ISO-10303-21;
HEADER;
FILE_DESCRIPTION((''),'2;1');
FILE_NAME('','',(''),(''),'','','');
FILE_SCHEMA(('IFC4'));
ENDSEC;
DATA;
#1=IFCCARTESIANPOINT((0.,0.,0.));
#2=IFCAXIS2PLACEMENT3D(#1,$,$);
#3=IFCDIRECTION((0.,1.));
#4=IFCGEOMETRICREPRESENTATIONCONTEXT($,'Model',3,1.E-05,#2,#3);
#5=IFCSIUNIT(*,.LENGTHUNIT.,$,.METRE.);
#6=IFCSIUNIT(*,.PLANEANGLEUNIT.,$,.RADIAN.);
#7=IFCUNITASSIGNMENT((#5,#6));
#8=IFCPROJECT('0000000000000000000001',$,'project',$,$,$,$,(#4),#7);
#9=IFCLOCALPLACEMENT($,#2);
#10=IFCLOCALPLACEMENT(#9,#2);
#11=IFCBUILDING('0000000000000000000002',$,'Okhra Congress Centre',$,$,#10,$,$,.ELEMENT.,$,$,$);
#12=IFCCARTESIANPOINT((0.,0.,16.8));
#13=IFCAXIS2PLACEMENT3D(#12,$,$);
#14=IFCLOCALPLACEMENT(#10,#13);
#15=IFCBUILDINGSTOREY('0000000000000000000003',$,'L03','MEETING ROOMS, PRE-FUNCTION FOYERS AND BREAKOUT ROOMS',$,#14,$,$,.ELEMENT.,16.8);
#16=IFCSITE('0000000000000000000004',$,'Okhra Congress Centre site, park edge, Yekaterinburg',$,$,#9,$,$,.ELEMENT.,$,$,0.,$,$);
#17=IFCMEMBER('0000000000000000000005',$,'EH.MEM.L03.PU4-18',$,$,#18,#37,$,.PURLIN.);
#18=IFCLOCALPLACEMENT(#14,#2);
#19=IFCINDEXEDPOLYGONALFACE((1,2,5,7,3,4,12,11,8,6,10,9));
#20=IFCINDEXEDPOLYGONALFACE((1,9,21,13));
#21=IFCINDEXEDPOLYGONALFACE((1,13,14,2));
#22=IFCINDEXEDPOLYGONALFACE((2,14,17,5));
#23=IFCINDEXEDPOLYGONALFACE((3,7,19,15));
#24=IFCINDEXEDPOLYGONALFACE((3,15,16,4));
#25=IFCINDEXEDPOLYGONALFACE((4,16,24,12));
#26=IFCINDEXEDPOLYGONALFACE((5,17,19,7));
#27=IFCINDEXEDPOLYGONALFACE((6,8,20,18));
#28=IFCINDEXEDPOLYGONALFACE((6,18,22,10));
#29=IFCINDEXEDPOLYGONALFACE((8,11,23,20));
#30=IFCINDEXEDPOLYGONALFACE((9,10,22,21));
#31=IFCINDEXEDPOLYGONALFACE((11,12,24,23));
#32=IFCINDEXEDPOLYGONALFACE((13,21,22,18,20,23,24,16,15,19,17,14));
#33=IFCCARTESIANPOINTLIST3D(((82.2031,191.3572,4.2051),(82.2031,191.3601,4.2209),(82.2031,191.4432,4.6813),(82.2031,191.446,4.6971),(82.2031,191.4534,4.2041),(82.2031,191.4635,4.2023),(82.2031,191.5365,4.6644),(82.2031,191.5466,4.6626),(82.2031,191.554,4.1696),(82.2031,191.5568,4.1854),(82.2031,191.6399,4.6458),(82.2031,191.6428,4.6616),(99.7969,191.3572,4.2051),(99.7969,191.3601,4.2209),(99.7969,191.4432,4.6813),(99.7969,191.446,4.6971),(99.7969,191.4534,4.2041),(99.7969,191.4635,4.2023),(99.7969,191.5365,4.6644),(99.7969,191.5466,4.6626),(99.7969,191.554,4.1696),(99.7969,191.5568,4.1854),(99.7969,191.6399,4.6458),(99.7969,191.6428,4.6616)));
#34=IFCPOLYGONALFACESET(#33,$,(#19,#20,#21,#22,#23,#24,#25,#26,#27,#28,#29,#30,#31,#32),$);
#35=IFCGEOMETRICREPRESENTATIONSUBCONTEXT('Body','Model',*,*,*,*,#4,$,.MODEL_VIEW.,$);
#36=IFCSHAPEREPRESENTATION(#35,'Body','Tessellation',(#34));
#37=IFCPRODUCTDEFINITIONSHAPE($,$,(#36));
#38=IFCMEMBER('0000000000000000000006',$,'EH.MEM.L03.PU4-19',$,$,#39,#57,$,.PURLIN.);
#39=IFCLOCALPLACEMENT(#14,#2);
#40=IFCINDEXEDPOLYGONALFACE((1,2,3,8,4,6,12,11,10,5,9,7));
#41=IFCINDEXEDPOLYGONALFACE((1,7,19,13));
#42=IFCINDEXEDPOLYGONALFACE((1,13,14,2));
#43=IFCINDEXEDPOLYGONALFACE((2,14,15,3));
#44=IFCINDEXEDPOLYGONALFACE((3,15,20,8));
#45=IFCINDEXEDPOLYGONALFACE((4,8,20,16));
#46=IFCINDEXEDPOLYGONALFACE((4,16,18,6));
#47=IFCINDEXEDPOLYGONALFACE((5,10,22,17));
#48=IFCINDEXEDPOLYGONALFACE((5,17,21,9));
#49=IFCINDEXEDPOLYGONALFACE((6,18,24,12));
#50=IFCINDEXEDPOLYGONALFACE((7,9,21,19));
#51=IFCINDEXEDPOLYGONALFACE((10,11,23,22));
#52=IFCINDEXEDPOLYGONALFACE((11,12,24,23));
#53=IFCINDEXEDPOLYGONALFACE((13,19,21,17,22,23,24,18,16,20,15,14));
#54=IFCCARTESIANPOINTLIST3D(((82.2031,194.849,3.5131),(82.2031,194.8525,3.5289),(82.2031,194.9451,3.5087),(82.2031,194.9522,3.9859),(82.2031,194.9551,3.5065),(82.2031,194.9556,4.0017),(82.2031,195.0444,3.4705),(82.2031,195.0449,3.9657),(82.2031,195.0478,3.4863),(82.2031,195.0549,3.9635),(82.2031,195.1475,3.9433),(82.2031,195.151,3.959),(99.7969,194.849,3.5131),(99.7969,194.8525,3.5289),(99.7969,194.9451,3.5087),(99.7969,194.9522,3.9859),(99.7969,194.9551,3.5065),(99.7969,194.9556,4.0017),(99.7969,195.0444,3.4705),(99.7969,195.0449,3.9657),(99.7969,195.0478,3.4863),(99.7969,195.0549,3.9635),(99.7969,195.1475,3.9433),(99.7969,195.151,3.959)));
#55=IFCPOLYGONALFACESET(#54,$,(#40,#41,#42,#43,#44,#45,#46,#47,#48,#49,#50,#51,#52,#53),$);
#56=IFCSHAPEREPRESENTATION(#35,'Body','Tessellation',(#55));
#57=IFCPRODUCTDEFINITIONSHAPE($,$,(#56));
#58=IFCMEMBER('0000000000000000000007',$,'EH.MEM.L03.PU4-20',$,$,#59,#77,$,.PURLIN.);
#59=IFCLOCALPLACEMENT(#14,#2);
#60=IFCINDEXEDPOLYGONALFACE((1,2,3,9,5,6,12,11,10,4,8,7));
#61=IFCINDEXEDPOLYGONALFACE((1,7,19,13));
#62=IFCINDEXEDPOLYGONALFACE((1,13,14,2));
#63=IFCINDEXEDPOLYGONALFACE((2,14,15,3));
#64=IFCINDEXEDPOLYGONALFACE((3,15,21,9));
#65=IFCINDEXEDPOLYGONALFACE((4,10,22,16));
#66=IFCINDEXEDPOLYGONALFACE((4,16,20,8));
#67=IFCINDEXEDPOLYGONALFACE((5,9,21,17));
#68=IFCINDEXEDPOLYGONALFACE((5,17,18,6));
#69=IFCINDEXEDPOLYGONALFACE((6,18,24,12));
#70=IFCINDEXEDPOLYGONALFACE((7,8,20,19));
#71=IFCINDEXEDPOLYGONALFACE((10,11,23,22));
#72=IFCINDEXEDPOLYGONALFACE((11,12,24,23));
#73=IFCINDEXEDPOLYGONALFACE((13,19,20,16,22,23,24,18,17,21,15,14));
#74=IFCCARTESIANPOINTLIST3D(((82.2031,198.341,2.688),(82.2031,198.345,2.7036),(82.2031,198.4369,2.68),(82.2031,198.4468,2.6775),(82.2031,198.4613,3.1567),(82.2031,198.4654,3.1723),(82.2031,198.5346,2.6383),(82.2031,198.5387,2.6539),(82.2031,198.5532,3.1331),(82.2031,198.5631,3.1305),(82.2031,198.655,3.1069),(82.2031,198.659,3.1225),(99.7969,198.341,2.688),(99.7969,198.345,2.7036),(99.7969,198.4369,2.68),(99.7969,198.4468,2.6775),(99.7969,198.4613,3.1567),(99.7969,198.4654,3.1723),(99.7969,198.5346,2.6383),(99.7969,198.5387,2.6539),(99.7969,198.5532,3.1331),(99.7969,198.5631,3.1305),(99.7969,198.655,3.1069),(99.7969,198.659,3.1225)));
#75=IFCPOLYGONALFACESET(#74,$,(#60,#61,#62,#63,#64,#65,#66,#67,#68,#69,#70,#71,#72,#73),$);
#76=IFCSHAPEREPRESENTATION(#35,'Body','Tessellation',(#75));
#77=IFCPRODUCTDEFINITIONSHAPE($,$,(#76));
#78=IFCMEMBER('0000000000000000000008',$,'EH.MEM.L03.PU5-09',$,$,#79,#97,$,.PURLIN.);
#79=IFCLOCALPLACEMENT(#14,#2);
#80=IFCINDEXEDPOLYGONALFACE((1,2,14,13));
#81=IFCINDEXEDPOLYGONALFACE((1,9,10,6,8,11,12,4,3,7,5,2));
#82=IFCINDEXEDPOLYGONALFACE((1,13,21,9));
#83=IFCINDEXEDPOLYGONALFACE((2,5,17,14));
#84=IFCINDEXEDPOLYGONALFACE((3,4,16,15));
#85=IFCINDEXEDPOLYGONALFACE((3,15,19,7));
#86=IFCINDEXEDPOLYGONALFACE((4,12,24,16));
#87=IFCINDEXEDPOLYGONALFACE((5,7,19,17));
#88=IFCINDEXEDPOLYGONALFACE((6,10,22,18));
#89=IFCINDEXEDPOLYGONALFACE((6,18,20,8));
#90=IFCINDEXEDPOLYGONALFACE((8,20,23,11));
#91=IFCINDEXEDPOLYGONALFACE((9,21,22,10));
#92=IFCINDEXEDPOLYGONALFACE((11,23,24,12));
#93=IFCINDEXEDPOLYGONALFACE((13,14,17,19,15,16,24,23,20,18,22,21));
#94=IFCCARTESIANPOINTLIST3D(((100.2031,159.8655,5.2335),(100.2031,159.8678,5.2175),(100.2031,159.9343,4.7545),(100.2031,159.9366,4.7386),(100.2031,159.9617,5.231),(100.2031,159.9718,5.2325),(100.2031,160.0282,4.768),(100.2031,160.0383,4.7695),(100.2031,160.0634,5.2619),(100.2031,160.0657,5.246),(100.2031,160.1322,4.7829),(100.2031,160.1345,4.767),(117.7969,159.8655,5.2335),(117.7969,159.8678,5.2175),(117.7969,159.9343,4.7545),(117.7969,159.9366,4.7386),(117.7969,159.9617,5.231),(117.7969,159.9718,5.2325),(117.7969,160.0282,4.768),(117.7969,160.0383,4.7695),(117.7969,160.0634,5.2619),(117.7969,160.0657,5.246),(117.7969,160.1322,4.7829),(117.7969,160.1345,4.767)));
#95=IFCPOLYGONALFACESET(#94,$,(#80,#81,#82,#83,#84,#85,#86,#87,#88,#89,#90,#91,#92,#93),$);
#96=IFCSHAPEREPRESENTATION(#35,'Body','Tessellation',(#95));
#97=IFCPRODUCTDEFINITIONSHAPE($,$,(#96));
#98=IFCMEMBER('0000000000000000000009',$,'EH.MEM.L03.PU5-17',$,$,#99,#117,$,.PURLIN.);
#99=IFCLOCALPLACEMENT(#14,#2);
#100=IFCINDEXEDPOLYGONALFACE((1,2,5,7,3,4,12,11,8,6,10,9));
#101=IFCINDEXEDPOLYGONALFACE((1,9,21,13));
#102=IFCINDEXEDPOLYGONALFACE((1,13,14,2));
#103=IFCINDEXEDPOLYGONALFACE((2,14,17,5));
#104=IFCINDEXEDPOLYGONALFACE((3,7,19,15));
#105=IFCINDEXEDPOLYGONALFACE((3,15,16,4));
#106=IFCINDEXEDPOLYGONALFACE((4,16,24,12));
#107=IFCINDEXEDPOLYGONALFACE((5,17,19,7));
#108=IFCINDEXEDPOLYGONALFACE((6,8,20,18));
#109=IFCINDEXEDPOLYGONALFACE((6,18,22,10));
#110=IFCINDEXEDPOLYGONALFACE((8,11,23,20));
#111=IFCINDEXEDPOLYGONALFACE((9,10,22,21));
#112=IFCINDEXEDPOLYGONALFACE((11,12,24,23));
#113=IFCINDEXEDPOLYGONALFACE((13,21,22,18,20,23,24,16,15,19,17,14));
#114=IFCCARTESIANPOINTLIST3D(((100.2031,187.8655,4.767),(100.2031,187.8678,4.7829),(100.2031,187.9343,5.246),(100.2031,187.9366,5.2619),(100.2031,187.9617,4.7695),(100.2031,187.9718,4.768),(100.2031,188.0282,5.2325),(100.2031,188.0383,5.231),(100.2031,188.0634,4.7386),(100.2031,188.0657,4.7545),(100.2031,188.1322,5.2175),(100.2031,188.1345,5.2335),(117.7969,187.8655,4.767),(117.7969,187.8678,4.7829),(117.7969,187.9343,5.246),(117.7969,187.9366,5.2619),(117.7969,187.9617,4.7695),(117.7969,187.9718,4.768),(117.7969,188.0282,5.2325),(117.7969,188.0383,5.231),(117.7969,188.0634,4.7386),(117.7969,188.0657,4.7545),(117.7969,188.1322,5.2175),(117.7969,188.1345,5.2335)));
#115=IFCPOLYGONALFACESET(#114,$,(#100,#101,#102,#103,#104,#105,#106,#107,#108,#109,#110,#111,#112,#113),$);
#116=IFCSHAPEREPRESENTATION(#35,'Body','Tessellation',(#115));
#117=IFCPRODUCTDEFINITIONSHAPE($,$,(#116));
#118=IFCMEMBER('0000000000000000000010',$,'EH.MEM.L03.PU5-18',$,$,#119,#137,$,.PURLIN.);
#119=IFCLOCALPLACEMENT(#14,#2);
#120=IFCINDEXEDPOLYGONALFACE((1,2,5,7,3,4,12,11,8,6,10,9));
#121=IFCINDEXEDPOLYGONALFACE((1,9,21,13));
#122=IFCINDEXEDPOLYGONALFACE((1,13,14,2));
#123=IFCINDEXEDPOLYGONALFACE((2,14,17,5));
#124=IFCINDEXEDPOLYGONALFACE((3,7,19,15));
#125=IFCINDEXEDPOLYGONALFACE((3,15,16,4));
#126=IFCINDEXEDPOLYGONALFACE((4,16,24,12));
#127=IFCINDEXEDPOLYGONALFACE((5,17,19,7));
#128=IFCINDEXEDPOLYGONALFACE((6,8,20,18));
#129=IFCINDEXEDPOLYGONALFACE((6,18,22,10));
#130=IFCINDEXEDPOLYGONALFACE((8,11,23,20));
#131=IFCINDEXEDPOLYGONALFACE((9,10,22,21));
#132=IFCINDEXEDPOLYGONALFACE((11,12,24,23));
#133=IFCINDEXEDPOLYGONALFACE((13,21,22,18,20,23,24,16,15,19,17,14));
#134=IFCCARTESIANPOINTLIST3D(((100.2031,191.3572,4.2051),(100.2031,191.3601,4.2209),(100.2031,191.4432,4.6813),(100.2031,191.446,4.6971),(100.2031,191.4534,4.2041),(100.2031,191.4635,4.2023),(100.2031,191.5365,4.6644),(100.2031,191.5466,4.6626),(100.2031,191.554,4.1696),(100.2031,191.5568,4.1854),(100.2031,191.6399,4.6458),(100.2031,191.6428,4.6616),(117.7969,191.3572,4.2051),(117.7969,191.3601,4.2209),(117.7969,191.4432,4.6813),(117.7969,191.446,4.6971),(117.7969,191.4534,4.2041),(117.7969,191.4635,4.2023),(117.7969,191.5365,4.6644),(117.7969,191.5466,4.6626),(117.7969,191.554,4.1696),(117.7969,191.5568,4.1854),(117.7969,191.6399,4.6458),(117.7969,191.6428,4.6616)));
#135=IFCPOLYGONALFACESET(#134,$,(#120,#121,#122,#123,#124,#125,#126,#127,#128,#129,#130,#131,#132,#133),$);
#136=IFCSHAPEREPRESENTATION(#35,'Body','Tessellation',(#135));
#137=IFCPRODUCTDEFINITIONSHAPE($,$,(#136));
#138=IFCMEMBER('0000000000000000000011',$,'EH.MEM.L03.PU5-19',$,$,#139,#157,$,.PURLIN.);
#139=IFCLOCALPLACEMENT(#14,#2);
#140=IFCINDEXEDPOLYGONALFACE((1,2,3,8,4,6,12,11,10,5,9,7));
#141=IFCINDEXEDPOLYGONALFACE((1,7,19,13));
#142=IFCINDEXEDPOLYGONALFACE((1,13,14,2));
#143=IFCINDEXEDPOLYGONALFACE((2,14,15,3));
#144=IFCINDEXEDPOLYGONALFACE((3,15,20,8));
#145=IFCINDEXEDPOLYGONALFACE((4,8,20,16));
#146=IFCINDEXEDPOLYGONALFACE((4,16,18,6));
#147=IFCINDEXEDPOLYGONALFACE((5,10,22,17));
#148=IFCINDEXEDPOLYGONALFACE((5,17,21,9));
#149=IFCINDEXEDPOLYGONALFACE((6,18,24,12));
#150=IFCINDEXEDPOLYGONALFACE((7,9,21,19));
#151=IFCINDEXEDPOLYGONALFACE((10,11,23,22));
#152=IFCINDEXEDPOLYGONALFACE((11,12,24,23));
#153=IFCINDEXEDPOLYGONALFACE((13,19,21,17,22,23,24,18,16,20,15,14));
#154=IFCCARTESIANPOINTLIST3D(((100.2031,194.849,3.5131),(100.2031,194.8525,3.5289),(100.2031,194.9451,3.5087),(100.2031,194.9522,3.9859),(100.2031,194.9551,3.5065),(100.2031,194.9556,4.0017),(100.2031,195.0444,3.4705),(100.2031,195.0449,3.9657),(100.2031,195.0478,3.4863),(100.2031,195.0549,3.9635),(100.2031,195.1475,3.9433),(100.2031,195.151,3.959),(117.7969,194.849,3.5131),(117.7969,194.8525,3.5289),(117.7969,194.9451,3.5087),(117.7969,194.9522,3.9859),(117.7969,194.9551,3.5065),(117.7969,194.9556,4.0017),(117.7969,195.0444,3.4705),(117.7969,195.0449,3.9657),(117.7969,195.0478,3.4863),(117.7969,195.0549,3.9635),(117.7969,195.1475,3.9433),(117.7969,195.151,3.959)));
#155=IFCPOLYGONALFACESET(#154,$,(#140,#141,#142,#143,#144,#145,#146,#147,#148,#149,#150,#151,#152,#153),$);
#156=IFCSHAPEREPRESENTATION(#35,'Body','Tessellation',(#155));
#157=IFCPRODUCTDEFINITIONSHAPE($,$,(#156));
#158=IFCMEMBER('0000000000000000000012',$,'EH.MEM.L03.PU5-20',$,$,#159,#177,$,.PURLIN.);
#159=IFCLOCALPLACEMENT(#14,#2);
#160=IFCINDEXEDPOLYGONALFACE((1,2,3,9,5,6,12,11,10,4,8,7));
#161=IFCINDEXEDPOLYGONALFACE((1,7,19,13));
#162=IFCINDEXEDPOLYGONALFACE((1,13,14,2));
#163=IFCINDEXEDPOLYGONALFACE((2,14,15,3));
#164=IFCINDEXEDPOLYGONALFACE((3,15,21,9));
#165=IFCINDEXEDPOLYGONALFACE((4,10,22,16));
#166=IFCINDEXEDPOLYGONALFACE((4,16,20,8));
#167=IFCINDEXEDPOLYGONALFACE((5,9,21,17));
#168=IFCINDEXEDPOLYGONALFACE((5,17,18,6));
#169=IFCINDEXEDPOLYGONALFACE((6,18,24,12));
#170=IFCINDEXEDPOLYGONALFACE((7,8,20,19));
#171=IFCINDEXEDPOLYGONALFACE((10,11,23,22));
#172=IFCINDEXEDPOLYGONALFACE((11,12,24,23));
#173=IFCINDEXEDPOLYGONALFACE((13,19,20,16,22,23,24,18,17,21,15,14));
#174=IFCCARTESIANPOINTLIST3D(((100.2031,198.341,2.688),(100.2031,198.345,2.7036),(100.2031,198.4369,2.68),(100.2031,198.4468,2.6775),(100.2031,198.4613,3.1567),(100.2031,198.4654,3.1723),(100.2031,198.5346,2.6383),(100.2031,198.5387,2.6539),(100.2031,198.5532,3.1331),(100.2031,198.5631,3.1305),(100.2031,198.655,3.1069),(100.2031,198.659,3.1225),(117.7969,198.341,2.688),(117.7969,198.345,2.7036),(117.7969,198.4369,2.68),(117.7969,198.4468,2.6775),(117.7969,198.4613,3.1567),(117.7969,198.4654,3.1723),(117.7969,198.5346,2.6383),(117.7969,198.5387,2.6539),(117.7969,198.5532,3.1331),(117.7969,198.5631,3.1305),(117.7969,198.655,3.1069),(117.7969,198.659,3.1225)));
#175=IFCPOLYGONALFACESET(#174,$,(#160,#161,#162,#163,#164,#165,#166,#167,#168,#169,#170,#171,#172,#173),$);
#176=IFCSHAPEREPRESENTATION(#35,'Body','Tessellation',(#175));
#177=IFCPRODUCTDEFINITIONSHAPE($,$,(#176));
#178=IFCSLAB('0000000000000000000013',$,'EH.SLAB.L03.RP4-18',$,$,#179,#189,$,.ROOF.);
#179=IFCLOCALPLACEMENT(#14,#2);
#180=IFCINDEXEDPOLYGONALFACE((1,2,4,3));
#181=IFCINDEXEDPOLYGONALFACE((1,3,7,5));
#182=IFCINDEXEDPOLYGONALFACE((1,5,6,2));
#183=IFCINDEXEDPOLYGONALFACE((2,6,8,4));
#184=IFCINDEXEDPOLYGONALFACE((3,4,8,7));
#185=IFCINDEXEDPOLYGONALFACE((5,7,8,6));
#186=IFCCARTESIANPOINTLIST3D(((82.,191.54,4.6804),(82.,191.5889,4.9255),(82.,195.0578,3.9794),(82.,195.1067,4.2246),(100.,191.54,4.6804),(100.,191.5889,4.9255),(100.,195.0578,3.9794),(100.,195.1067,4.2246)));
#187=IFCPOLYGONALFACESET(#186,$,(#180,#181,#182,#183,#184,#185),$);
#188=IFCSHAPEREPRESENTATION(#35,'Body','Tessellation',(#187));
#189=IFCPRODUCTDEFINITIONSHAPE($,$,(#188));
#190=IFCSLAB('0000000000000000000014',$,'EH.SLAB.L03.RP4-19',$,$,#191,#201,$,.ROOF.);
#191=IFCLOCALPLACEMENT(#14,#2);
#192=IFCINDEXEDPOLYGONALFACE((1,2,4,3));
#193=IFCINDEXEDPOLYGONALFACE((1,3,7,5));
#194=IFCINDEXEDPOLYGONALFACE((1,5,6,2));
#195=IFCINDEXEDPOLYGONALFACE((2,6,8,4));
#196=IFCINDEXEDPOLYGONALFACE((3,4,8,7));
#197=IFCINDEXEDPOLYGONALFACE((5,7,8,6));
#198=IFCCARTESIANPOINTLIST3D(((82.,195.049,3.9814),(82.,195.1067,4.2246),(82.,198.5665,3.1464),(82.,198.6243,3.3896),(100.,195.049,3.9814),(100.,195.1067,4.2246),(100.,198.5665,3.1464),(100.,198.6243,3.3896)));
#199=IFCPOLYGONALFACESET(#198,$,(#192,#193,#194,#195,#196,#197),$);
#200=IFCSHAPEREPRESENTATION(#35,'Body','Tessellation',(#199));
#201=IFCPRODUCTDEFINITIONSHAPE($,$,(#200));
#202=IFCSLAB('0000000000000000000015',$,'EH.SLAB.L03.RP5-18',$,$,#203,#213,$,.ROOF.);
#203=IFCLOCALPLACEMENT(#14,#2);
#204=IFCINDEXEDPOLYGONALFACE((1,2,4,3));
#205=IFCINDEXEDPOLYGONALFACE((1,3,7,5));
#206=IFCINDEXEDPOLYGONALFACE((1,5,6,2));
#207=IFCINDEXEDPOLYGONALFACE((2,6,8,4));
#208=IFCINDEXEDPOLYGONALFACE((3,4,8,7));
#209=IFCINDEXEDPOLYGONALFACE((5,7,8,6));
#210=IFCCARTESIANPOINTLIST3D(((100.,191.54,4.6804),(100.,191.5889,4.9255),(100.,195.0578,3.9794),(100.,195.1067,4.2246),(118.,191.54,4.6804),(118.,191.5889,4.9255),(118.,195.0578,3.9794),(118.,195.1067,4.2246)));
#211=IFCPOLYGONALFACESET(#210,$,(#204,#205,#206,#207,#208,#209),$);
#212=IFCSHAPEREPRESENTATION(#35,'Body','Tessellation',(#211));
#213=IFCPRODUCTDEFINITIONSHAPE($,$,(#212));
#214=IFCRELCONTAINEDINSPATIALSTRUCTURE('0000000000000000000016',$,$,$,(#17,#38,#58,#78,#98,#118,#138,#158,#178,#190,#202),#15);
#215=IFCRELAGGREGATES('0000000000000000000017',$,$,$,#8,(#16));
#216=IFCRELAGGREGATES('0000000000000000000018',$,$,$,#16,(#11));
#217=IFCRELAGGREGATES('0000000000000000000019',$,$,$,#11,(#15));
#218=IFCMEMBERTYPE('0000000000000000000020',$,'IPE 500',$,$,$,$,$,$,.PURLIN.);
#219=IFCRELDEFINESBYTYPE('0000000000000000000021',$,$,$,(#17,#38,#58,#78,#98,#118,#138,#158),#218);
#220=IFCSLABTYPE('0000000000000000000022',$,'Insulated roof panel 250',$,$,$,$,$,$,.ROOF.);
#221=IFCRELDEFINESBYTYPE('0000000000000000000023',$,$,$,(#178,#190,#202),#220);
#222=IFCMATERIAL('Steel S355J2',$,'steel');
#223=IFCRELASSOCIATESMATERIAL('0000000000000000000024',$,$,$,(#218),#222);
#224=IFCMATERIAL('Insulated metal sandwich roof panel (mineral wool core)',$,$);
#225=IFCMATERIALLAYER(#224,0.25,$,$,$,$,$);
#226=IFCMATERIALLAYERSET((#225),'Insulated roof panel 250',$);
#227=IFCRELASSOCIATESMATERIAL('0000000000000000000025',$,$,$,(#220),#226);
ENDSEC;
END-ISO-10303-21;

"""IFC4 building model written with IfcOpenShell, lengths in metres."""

from ifc_helpers import new_model, si_unit, direction, frame, origin, origin_2d, place, context, subcontext, project, spatial, polyline, i_section, outline, extrude, material, layer, layer_set, material_profile, profile_set, type_object, element, save


model = new_model("IFC4")

# Units and contexts
model_context = context("Model", 3, precision=1e-05, world=origin(), true_north=direction((0.0, 1.0)))
body_context = subcontext(model_context, "Body", "Model", "MODEL_VIEW")
ifc_project = project(units=[si_unit("LENGTHUNIT", "METRE"), si_unit("PLANEANGLEUNIT", "RADIAN")], contexts=[model_context])

# Site, building, storey
site_placement = place(None, origin())
site = spatial("IfcSite", under=ifc_project, at=site_placement, Name="Okhra Congress Centre site, park edge, Yekaterinburg", CompositionType="ELEMENT", RefElevation=0.0)
building_placement = place(site_placement, origin())
building = spatial("IfcBuilding", under=site, at=building_placement, Name="Okhra Congress Centre", CompositionType="ELEMENT")
storey_placement = place(building_placement, frame((0.0, 0.0, 16.8)))
storey = spatial("IfcBuildingStorey", under=building, at=storey_placement, Name="L03", Description="MEETING ROOMS, PRE-FUNCTION FOYERS AND BREAKOUT ROOMS", CompositionType="ELEMENT", Elevation=16.8)

# Members
ifc_material_1 = material(Name="Steel S355J2", Category="steel")
ifc_material_profile_1 = material_profile(ifc_material_1, i_section(OverallWidth=0.2, OverallDepth=0.5, WebThickness=0.0103, FlangeThickness=0.0161, at=origin_2d()), Name="IPE 500")
ifc_profile_set_1 = profile_set([ifc_material_profile_1], Name="Steel S355J2")
member_type_1 = type_object("IfcMemberType", Name="IPE 500", PredefinedType="PURLIN", material=ifc_profile_set_1)
for number, where, z_axis, x_axis, name in (
    (1, (82.2031, 191.5, 4.4333), (1.0, 0.0, 0.0), (0.0, 0.98409, -0.177669), "EH.MEM.L03.PU4-18"),
    (2, (82.2031, 195.0, 3.7361), (1.0, 0.0, 0.0), (0.0, 0.977008, -0.213204), "EH.MEM.L03.PU4-19"),
    (3, (82.2031, 198.5, 2.9053), (1.0, 0.0, 0.0), (0.0, 0.96857, -0.248739), "EH.MEM.L03.PU4-20"),
    (4, (100.2031, 160.0, 5.0002), (1.0, 0.0, 0.0), (0.0, 0.989847, 0.142135), "EH.MEM.L03.PU5-09"),
    (5, (100.2031, 188.0, 5.0002), (1.0, 0.0, 0.0), (0.0, 0.989847, -0.142135), "EH.MEM.L03.PU5-17"),
    (6, (100.2031, 191.5, 4.4333), (1.0, 0.0, 0.0), (0.0, 0.98409, -0.177669), "EH.MEM.L03.PU5-18"),
    (7, (100.2031, 195.0, 3.7361), (1.0, 0.0, 0.0), (0.0, 0.977008, -0.213204), "EH.MEM.L03.PU5-19"),
    (8, (100.2031, 198.5, 2.9053), (1.0, 0.0, 0.0), (0.0, 0.96857, -0.248739), "EH.MEM.L03.PU5-20"),
):
    element("IfcMember", number, at=place(storey_placement, frame(where, z_axis=z_axis, x_axis=x_axis)), inside=storey, type_object=member_type_1, Name=name, PredefinedType="PURLIN", context=body_context, shape_type="SweptSolid", body=[
        extrude(i_section(OverallWidth=0.2, OverallDepth=0.5, WebThickness=0.0103, FlangeThickness=0.0161, at=origin_2d()), origin(), (0.0, 0.0, 1.0), 17.5938),
    ])

# Slabs
ifc_material_2 = material(Name="Insulated metal sandwich roof panel (mineral wool core)")
ifc_layer = layer(ifc_material_2, 0.25)
ifc_layer_set = layer_set([ifc_layer], Name="Insulated roof panel 250")
slab_type = type_object("IfcSlabType", Name="Insulated roof panel 250", PredefinedType="ROOF", material=ifc_layer_set)
slab_1_placement = place(storey_placement, frame((82.0, 191.5889, 4.9255), z_axis=(0.0, 0.195409, 0.980722), x_axis=(1.0, 0.0, 0.0)))
element("IfcSlab", 9, at=slab_1_placement, inside=storey, type_object=slab_type, Name="EH.SLAB.L03.RP4-18", PredefinedType="ROOF", context=body_context, shape_type="SweptSolid", body=[
    extrude(outline(polyline([(0.0, 0.0), (18.0, 0.0), (18.0, 3.587), (0.0, 3.587), (0.0, 0.0)])), origin(), (0.0, 0.0, -1.0), 0.25),
])
slab_2_placement = place(storey_placement, frame((82.0, 195.1067, 4.2246), z_axis=(0.0, 0.230951, 0.972965), x_axis=(1.0, 0.0, 0.0)))
element("IfcSlab", 10, at=slab_2_placement, inside=storey, type_object=slab_type, Name="EH.SLAB.L03.RP4-19", PredefinedType="ROOF", context=body_context, shape_type="SweptSolid", body=[
    extrude(outline(polyline([(0.0, 0.0), (18.0, 0.0), (18.0, 3.6153), (0.0, 3.6153), (0.0, 0.0)])), origin(), (0.0, 0.0, -1.0), 0.25),
])
slab_3_placement = place(storey_placement, frame((100.0, 191.5889, 4.9255), z_axis=(0.0, 0.195409, 0.980722), x_axis=(1.0, 0.0, 0.0)))
element("IfcSlab", 11, at=slab_3_placement, inside=storey, type_object=slab_type, Name="EH.SLAB.L03.RP5-18", PredefinedType="ROOF", context=body_context, shape_type="SweptSolid", body=[
    extrude(outline(polyline([(0.0, 0.0), (18.0, 0.0), (18.0, 3.587), (0.0, 3.587), (0.0, 0.0)])), origin(), (0.0, 0.0, -1.0), 0.25),
])

save(model, "model.ifc")
